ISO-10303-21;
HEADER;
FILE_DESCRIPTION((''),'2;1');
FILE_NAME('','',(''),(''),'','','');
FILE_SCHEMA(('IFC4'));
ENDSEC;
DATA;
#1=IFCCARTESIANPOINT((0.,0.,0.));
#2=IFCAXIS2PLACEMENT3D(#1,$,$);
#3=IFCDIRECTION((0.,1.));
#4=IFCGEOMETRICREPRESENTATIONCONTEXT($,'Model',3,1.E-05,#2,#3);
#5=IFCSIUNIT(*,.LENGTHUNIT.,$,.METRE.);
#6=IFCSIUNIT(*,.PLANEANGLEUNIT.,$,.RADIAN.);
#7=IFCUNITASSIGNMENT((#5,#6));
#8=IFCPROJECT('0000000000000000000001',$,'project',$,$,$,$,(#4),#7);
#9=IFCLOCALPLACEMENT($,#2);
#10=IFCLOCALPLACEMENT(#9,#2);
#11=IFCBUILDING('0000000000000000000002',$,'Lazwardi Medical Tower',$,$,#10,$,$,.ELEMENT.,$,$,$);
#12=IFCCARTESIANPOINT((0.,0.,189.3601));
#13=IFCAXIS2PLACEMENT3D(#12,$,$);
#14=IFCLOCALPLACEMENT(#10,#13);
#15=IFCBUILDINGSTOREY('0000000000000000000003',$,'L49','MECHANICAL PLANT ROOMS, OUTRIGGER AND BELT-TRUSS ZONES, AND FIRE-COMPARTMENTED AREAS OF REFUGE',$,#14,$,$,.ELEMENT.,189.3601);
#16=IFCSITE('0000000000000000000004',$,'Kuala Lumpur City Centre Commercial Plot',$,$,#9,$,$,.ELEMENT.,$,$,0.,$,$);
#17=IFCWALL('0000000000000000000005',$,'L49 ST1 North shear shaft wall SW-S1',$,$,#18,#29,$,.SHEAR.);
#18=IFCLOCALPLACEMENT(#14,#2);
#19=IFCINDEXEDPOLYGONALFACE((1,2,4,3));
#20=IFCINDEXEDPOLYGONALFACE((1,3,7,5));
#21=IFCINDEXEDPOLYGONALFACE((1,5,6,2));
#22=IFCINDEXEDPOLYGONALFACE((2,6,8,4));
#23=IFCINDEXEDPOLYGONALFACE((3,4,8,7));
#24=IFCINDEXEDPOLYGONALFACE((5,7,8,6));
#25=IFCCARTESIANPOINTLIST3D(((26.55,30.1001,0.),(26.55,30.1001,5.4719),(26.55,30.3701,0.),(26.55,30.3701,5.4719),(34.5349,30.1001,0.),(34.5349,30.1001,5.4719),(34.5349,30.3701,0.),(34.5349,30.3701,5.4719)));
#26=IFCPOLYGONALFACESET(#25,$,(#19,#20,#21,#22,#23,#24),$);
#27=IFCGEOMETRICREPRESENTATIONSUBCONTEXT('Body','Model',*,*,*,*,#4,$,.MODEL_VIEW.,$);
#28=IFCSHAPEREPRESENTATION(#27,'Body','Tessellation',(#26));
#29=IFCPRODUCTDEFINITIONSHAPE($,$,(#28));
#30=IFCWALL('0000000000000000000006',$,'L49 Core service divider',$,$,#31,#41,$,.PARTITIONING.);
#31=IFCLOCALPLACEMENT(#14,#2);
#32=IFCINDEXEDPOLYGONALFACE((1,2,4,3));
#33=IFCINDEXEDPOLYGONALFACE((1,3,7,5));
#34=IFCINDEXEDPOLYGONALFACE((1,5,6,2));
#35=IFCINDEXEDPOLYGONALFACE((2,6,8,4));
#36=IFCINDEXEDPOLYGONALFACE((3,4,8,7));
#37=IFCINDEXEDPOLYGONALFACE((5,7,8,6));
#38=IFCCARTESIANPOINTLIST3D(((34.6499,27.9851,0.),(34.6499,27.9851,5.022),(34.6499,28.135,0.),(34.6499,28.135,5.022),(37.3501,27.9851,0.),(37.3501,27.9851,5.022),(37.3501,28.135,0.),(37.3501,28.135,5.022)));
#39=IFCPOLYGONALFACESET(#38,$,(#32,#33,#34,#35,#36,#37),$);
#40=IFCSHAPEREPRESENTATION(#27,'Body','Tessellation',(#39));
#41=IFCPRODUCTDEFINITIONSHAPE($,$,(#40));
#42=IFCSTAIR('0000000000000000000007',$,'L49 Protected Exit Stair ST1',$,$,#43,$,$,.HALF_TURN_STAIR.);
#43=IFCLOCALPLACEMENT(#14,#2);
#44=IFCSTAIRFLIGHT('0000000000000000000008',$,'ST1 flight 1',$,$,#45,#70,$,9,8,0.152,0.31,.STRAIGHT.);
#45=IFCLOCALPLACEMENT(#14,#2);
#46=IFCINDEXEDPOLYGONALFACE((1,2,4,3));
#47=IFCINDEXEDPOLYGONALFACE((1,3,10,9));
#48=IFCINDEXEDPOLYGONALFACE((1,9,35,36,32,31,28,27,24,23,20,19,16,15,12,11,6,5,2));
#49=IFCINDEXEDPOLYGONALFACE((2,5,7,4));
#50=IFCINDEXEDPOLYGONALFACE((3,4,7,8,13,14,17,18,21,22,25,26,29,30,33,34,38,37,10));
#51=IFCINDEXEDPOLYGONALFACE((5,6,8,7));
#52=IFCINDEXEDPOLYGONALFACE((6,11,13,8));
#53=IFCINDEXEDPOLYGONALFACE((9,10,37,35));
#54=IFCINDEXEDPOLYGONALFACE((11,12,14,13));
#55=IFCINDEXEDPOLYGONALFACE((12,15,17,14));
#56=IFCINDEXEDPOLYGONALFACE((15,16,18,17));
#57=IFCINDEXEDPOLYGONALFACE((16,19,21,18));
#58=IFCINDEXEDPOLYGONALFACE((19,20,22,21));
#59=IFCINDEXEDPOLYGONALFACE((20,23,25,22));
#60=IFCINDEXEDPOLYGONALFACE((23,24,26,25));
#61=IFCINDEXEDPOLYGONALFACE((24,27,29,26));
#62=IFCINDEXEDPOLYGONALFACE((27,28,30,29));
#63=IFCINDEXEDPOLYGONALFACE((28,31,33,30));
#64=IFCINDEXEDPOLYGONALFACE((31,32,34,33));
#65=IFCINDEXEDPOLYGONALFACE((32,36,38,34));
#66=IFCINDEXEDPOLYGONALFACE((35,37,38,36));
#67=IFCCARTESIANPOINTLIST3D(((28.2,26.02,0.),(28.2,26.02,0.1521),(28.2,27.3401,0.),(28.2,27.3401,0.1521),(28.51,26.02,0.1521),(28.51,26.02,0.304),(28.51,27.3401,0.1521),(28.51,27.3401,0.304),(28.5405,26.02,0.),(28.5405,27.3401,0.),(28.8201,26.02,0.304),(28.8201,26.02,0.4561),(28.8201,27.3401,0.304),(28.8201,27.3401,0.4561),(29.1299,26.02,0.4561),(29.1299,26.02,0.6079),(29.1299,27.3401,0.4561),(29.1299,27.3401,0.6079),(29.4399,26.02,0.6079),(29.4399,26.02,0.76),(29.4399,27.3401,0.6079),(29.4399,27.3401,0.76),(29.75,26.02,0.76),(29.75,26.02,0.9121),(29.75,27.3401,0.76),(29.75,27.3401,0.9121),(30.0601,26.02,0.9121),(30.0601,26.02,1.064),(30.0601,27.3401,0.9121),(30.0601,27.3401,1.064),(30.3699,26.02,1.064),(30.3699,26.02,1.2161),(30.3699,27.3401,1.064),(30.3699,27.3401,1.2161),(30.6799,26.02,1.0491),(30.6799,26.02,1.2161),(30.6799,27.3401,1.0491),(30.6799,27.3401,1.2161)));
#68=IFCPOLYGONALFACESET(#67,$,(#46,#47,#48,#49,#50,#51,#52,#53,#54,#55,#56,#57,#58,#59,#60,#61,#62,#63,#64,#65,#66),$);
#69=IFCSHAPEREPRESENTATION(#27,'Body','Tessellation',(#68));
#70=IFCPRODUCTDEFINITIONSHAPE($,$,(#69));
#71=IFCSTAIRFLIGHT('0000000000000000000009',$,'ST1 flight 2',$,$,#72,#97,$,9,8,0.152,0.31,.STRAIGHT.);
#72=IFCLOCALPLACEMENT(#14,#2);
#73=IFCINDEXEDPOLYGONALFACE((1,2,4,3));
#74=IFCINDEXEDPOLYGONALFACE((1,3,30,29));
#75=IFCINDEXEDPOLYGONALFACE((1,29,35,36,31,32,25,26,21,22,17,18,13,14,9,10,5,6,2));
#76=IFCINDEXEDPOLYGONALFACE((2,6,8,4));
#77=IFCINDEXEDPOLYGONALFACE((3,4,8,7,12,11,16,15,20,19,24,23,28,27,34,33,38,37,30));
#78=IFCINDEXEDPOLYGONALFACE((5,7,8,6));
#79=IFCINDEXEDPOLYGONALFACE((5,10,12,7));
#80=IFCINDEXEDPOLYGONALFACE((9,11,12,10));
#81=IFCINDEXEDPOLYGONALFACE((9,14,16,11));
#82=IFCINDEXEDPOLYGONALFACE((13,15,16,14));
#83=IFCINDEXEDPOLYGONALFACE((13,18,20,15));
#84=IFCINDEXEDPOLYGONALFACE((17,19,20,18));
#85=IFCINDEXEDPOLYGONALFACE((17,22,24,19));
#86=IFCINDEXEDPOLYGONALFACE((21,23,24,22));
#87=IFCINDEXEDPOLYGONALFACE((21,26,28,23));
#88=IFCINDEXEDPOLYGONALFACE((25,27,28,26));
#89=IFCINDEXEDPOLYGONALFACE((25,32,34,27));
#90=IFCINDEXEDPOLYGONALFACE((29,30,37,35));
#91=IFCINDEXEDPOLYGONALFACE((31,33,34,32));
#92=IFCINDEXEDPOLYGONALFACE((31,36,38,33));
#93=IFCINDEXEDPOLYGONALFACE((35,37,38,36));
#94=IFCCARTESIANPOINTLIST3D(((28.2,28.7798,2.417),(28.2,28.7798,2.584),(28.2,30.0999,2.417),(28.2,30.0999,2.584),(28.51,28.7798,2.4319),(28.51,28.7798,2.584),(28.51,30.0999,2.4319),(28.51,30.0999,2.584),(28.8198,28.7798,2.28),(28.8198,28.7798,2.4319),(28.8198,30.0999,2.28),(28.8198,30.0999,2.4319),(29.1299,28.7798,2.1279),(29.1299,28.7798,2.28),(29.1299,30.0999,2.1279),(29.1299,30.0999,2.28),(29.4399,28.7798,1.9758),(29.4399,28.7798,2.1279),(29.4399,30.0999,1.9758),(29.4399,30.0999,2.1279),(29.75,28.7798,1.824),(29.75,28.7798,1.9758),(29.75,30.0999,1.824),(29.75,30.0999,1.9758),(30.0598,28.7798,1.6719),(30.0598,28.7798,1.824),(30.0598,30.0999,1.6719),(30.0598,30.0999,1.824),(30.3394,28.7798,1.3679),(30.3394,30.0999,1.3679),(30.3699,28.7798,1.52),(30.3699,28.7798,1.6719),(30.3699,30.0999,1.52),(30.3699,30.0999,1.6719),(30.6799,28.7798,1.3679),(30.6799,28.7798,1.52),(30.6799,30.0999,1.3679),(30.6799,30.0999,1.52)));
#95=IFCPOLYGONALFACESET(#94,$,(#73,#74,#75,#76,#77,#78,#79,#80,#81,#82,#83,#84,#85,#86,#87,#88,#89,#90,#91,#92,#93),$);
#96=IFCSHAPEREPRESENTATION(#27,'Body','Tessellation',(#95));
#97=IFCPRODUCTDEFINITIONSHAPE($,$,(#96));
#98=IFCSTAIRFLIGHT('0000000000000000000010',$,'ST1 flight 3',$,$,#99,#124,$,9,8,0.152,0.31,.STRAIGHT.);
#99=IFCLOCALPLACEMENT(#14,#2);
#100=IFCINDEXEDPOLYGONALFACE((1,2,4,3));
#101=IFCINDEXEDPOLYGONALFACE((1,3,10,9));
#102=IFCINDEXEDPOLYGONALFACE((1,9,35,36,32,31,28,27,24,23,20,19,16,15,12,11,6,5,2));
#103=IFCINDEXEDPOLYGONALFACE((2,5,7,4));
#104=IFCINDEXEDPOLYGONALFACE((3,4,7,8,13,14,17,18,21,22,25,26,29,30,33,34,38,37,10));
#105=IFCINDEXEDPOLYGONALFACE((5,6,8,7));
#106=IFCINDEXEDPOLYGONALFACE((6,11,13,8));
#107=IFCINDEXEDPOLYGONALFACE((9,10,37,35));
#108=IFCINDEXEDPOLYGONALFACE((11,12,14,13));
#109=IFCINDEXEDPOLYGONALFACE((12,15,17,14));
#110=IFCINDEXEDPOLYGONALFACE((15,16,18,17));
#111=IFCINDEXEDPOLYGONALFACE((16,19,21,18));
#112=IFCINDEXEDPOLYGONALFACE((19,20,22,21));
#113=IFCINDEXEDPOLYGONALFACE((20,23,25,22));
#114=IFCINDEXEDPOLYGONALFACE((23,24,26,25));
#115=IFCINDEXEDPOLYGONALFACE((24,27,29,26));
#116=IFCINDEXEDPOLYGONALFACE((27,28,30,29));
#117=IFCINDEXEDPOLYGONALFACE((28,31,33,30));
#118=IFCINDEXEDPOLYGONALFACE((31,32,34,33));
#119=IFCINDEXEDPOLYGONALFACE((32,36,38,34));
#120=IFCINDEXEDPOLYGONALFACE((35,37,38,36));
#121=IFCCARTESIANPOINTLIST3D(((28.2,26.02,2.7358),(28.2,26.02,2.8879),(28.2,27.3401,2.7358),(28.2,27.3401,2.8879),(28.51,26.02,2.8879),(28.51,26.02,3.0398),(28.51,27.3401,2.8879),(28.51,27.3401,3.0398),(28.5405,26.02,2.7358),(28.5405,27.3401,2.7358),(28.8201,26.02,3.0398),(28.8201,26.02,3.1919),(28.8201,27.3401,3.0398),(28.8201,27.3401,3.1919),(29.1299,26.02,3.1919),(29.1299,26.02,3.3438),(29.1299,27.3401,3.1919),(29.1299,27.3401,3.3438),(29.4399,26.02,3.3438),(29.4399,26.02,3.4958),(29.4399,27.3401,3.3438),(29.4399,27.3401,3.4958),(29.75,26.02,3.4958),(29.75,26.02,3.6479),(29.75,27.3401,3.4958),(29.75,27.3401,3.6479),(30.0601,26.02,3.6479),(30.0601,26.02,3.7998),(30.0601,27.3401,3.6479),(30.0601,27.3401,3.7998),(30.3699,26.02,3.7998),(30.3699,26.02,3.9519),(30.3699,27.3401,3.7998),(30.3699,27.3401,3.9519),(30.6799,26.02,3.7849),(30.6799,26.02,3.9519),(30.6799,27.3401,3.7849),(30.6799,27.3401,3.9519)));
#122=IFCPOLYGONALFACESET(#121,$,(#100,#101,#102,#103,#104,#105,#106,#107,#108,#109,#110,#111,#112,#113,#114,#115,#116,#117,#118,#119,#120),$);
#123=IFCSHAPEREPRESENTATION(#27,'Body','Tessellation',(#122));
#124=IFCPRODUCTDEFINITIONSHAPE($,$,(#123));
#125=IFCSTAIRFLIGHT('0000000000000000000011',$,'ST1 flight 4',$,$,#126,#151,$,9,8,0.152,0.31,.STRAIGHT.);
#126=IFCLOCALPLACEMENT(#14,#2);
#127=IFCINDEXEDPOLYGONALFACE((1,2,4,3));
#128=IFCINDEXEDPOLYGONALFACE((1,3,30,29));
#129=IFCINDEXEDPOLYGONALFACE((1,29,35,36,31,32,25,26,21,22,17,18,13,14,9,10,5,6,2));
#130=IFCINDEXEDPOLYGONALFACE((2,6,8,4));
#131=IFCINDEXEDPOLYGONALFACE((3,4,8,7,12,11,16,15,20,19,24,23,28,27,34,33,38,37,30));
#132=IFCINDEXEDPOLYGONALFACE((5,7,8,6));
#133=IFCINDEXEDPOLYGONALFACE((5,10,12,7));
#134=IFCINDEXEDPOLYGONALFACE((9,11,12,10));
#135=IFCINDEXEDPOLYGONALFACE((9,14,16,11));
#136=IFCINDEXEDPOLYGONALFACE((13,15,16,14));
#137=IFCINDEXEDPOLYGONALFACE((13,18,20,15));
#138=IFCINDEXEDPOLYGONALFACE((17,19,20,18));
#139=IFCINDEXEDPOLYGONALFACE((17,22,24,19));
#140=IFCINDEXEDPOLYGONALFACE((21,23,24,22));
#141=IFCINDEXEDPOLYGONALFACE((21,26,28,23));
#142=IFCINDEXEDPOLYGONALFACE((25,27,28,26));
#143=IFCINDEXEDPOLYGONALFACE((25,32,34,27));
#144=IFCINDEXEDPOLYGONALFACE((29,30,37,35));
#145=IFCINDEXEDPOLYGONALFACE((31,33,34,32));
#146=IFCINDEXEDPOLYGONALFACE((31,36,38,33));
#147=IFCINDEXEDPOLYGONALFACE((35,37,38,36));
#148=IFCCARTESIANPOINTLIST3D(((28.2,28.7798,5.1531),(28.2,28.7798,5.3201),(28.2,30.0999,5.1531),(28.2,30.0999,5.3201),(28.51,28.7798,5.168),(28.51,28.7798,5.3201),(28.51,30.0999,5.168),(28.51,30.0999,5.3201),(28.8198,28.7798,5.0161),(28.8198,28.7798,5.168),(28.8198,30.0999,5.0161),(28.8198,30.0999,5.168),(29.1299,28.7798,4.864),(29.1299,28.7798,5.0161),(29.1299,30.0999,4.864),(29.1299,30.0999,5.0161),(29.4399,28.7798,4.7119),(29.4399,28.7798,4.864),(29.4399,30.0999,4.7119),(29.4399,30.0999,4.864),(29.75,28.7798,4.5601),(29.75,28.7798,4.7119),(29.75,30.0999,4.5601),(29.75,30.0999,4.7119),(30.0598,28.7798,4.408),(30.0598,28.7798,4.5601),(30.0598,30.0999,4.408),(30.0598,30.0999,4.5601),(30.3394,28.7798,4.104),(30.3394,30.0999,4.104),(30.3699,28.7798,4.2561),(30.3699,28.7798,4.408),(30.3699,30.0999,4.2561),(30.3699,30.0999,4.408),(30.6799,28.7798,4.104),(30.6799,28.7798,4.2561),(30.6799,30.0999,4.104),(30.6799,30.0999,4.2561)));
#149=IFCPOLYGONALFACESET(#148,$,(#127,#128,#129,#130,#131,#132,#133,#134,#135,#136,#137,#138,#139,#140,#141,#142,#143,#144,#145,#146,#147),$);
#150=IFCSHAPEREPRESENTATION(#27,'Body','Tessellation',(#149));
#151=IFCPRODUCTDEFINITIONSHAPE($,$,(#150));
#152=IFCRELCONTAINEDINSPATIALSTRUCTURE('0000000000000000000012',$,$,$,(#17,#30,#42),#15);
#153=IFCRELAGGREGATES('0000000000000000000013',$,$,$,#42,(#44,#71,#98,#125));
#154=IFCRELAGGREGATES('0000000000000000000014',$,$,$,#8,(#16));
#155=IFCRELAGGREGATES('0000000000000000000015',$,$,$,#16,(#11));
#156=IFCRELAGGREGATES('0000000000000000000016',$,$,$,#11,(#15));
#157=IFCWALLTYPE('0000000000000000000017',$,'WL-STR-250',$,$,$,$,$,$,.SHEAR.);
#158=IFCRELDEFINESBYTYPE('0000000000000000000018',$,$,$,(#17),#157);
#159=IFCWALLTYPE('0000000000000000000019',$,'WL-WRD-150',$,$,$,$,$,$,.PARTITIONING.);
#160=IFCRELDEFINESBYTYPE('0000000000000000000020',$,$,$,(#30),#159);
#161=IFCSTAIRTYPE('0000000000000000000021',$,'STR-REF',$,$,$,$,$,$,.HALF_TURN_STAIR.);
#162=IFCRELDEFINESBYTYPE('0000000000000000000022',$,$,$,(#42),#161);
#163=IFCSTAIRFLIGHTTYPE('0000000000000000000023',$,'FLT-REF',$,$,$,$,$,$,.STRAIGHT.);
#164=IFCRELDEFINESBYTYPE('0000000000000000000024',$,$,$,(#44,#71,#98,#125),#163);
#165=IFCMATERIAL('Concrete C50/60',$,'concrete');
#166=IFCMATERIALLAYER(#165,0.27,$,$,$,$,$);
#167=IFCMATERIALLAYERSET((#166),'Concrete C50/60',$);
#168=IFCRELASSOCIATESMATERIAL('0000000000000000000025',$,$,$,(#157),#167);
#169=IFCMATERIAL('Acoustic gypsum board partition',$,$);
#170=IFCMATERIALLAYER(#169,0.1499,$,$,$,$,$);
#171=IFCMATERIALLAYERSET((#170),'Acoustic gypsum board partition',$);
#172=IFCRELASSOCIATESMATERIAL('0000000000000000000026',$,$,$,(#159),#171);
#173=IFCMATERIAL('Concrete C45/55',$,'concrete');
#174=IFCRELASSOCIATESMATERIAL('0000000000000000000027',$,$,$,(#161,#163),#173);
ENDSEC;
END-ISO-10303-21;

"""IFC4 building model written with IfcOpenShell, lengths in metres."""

from ifc_helpers import new_model, si_unit, direction, frame, frame_2d, origin, place, context, subcontext, project, spatial, polyline, rectangle, outline, extrude, material, layer, layer_set, type_object, element, aggregate, save


model = new_model("IFC4")

# Units and contexts
model_context = context("Model", 3, precision=1e-05, world=origin(), true_north=direction((0.0, 1.0)))
body_context = subcontext(model_context, "Body", "Model", "MODEL_VIEW")
ifc_project = project(units=[si_unit("LENGTHUNIT", "METRE"), si_unit("PLANEANGLEUNIT", "RADIAN")], contexts=[model_context])

# Site, building, storey
site_placement = place(None, origin())
site = spatial("IfcSite", under=ifc_project, at=site_placement, Name="Kuala Lumpur City Centre Commercial Plot", CompositionType="ELEMENT", RefElevation=0.0)
building_placement = place(site_placement, origin())
building = spatial("IfcBuilding", under=site, at=building_placement, Name="Lazwardi Medical Tower", CompositionType="ELEMENT")
storey_placement = place(building_placement, frame((0.0, 0.0, 189.3601)))
storey = spatial("IfcBuildingStorey", under=building, at=storey_placement, Name="L49", Description="MECHANICAL PLANT ROOMS, OUTRIGGER AND BELT-TRUSS ZONES, AND FIRE-COMPARTMENTED AREAS OF REFUGE", CompositionType="ELEMENT", Elevation=189.3601)

# Walls
ifc_material_1 = material(Name="Concrete C50/60", Category="concrete")
ifc_layer_1 = layer(ifc_material_1, 0.27)
ifc_layer_set_1 = layer_set([ifc_layer_1], Name="Concrete C50/60")
wall_type_1 = type_object("IfcWallType", Name="WL-STR-250", PredefinedType="SHEAR", material=ifc_layer_set_1)
wall_1_placement = place(storey_placement, frame((26.55, 30.2351, 0.0), z_axis=(0.0, 0.0, 1.0), x_axis=(1.0, 0.0, 0.0)))
element("IfcWall", 1, at=wall_1_placement, inside=storey, type_object=wall_type_1, Name="L49 ST1 North shear shaft wall SW-S1", PredefinedType="SHEAR", context=body_context, shape_type="SweptSolid", body=[
    extrude(rectangle(XDim=7.9849, YDim=0.27, at=frame_2d((3.9924, 0.0))), origin(), (0.0, 0.0, 1.0), 5.4719),
])
ifc_material_2 = material(Name="Acoustic gypsum board partition")
ifc_layer_2 = layer(ifc_material_2, 0.1499)
ifc_layer_set_2 = layer_set([ifc_layer_2], Name="Acoustic gypsum board partition")
wall_type_2 = type_object("IfcWallType", Name="WL-WRD-150", PredefinedType="PARTITIONING", material=ifc_layer_set_2)
wall_2_placement = place(storey_placement, frame((34.6499, 28.0601, 0.0), z_axis=(0.0, 0.0, 1.0), x_axis=(1.0, 0.0, 0.0)))
element("IfcWall", 2, at=wall_2_placement, inside=storey, type_object=wall_type_2, Name="L49 Core service divider", PredefinedType="PARTITIONING", context=body_context, shape_type="SweptSolid", body=[
    extrude(rectangle(XDim=2.7002, YDim=0.1499, at=frame_2d((1.3501, 0.0))), origin(), (0.0, 0.0, 1.0), 5.022),
])

# Stair, stair flights
ifc_material_3 = material(Name="Concrete C45/55", Category="concrete")
stair_type = type_object("IfcStairType", Name="STR-REF", PredefinedType="HALF_TURN_STAIR", material=ifc_material_3)
stair_placement = place(storey_placement, origin())
stair = element("IfcStair", 3, at=stair_placement, inside=storey, type_object=stair_type, Name="L49 Protected Exit Stair ST1", PredefinedType="HALF_TURN_STAIR")
stair_flight_type = type_object("IfcStairFlightType", Name="FLT-REF", PredefinedType="STRAIGHT", material=ifc_material_3)
stair_flight_1_placement = place(storey_placement, frame((28.2, 26.6799, 0.0), z_axis=(0.0, 0.0, 1.0), x_axis=(1.0, 0.0, 0.0)))
stair_flight_1 = element("IfcStairFlight", 4, at=stair_flight_1_placement, type_object=stair_flight_type, Name="ST1 flight 1", NumberOfRisers=9, NumberOfTreads=8, PredefinedType="STRAIGHT", RiserHeight=0.152, TreadLength=0.31, context=body_context, shape_type="SweptSolid", body=[
    extrude(outline(polyline([(0.0, 0.0), (0.0, 0.1521), (0.3101, 0.1521), (0.3101, 0.304), (0.6201, 0.304), (0.6201, 0.4561), (0.9299, 0.4561), (0.9299, 0.6079), (1.24, 0.6079), (1.24, 0.76), (1.55, 0.76), (1.55, 0.9121), (1.8601, 0.9121), (1.8601, 1.064), (2.1699, 1.064), (2.1699, 1.2161), (2.48, 1.2161), (2.48, 1.3679), (2.48, 1.0491), (0.3406, 0.0), (0.0, 0.0)])), frame((0.0, 0.6602, 0.0), z_axis=(0.0, -1.0, 0.0), x_axis=(1.0, 0.0, 0.0)), (0.0, 0.0, 1.0), 1.3201),
])
stair_flight_2_placement = place(storey_placement, frame((30.6799, 29.4399, 1.3679), z_axis=(0.0, 0.0, 1.0), x_axis=(-1.0, 0.0, 0.0)))
stair_flight_2 = element("IfcStairFlight", 5, at=stair_flight_2_placement, type_object=stair_flight_type, Name="ST1 flight 2", NumberOfRisers=9, NumberOfTreads=8, PredefinedType="STRAIGHT", RiserHeight=0.152, TreadLength=0.31, context=body_context, shape_type="SweptSolid", body=[
    extrude(outline(polyline([(0.0, 0.0), (0.0, 0.1521), (0.3101, 0.1521), (0.3101, 0.304), (0.6201, 0.304), (0.6201, 0.4561), (0.9299, 0.4561), (0.9299, 0.6079), (1.24, 0.6079), (1.24, 0.76), (1.55, 0.76), (1.55, 0.9121), (1.8601, 0.9121), (1.8601, 1.064), (2.1699, 1.064), (2.1699, 1.2161), (2.48, 1.2161), (2.48, 1.3679), (2.48, 1.0491), (0.3406, 0.0), (0.0, 0.0)])), frame((0.0, 0.6602, 0.0), z_axis=(0.0, -1.0, 0.0), x_axis=(1.0, 0.0, 0.0)), (0.0, 0.0, 1.0), 1.3201),
])
stair_flight_3_placement = place(storey_placement, frame((28.2, 26.6799, 2.7358), z_axis=(0.0, 0.0, 1.0), x_axis=(1.0, 0.0, 0.0)))
stair_flight_3 = element("IfcStairFlight", 6, at=stair_flight_3_placement, type_object=stair_flight_type, Name="ST1 flight 3", NumberOfRisers=9, NumberOfTreads=8, PredefinedType="STRAIGHT", RiserHeight=0.152, TreadLength=0.31, context=body_context, shape_type="SweptSolid", body=[
    extrude(outline(polyline([(0.0, 0.0), (0.0, 0.1521), (0.3101, 0.1521), (0.3101, 0.304), (0.6201, 0.304), (0.6201, 0.4561), (0.9299, 0.4561), (0.9299, 0.6079), (1.24, 0.6079), (1.24, 0.76), (1.55, 0.76), (1.55, 0.9121), (1.8601, 0.9121), (1.8601, 1.064), (2.1699, 1.064), (2.1699, 1.2161), (2.48, 1.2161), (2.48, 1.3679), (2.48, 1.0491), (0.3406, 0.0), (0.0, 0.0)])), frame((0.0, 0.6602, 0.0), z_axis=(0.0, -1.0, 0.0), x_axis=(1.0, 0.0, 0.0)), (0.0, 0.0, 1.0), 1.3201),
])
stair_flight_4_placement = place(storey_placement, frame((30.6799, 29.4399, 4.104), z_axis=(0.0, 0.0, 1.0), x_axis=(-1.0, 0.0, 0.0)))
stair_flight_4 = element("IfcStairFlight", 7, at=stair_flight_4_placement, type_object=stair_flight_type, Name="ST1 flight 4", NumberOfRisers=9, NumberOfTreads=8, PredefinedType="STRAIGHT", RiserHeight=0.152, TreadLength=0.31, context=body_context, shape_type="SweptSolid", body=[
    extrude(outline(polyline([(0.0, 0.0), (0.0, 0.1521), (0.3101, 0.1521), (0.3101, 0.304), (0.6201, 0.304), (0.6201, 0.4561), (0.9299, 0.4561), (0.9299, 0.6079), (1.24, 0.6079), (1.24, 0.76), (1.55, 0.76), (1.55, 0.9121), (1.8601, 0.9121), (1.8601, 1.064), (2.1699, 1.064), (2.1699, 1.2161), (2.48, 1.2161), (2.48, 1.3679), (2.48, 1.0491), (0.3406, 0.0), (0.0, 0.0)])), frame((0.0, 0.6602, 0.0), z_axis=(0.0, -1.0, 0.0), x_axis=(1.0, 0.0, 0.0)), (0.0, 0.0, 1.0), 1.3201),
])
aggregate(stair, [stair_flight_1, stair_flight_2, stair_flight_3, stair_flight_4])

save(model, "model.ifc")
